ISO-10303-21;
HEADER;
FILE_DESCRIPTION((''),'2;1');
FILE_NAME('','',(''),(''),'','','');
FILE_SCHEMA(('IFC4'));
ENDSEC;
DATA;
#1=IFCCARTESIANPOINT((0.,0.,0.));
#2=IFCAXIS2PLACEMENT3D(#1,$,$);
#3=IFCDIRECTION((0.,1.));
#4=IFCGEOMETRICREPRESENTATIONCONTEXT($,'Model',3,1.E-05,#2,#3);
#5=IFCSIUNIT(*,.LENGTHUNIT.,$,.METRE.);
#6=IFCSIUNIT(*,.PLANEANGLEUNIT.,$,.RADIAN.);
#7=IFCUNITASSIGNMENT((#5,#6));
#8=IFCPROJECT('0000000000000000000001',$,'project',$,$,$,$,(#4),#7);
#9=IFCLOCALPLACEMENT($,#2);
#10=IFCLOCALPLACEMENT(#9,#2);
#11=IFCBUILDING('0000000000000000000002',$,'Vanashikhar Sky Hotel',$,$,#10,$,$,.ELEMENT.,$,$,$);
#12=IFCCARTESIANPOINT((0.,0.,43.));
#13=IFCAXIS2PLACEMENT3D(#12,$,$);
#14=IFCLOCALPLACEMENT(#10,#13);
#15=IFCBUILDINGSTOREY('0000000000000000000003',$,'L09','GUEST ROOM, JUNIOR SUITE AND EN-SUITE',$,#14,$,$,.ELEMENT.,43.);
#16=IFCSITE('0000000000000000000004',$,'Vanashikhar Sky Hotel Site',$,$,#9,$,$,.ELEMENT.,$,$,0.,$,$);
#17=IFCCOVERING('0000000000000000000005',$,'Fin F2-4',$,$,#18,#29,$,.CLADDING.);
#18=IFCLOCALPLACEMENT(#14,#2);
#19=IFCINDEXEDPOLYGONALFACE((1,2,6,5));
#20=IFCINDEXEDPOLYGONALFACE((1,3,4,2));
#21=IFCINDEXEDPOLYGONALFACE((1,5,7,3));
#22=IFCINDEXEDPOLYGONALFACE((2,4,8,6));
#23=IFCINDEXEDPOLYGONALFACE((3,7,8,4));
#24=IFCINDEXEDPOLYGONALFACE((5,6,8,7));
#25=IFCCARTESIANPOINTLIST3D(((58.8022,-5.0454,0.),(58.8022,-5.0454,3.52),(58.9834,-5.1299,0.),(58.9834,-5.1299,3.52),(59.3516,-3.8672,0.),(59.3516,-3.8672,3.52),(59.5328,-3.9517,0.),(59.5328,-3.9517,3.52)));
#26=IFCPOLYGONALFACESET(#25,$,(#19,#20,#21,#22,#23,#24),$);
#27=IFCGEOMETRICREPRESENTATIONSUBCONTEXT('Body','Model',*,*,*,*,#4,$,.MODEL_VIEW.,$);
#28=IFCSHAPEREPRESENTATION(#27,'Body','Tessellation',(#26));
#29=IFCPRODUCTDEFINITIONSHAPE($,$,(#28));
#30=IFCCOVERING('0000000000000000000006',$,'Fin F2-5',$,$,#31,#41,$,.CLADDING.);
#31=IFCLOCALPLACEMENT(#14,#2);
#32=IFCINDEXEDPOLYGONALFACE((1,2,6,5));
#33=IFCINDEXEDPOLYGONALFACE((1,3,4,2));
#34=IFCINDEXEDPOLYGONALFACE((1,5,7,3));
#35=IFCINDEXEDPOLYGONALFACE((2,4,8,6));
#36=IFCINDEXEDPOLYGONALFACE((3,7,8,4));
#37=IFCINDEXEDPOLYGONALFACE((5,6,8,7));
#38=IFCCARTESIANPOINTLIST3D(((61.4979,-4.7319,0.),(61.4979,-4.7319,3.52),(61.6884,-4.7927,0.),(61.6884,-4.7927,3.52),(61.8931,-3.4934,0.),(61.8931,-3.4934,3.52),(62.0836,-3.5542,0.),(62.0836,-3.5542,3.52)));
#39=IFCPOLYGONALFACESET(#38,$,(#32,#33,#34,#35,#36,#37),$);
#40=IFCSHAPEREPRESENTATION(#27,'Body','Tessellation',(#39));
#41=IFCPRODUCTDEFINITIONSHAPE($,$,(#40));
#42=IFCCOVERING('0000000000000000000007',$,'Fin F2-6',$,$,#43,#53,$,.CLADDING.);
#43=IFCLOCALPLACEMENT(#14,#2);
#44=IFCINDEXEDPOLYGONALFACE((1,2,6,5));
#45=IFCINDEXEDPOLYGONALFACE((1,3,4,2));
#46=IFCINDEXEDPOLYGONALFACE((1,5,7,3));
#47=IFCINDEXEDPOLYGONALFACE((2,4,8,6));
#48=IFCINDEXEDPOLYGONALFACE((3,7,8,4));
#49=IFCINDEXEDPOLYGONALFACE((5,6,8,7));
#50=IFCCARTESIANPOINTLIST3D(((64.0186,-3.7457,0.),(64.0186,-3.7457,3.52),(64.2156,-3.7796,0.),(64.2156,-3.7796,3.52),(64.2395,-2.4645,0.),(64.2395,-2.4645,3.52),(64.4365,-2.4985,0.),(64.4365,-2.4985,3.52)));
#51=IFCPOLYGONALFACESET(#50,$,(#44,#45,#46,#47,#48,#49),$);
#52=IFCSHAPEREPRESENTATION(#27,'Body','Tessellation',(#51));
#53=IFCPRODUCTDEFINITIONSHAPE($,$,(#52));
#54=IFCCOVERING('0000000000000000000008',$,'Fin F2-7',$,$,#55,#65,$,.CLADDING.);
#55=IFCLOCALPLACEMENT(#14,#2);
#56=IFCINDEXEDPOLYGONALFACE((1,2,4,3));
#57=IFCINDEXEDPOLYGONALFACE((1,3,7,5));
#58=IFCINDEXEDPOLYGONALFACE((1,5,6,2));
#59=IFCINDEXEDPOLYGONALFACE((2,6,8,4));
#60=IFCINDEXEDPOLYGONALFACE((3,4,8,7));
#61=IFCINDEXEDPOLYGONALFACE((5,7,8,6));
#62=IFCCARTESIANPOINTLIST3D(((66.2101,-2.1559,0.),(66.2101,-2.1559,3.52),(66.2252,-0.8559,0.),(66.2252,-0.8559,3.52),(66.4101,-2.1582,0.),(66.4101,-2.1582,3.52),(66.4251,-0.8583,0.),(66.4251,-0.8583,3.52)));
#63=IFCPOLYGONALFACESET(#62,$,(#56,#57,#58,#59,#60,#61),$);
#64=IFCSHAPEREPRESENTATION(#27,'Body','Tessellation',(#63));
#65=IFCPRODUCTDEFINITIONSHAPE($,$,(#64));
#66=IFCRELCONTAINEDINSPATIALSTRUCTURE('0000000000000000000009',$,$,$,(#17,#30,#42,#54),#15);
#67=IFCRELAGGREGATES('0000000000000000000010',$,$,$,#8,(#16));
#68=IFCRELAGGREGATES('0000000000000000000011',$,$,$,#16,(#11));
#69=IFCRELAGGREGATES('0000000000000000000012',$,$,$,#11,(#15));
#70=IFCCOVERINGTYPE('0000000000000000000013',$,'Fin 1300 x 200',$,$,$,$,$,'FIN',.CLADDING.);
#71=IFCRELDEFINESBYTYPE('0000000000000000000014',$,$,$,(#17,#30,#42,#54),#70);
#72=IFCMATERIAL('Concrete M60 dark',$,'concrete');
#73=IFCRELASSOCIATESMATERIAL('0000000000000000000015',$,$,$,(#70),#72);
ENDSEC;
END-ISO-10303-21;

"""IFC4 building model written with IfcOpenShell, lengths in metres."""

from ifc_helpers import new_model, si_unit, direction, frame, origin, origin_2d, place, context, subcontext, project, spatial, rectangle, extrude, source, transform, mapped, material, material_profile, profile_set, type_object, element, save


model = new_model("IFC4")

# Units and contexts
model_context = context("Model", 3, precision=1e-05, world=origin(), true_north=direction((0.0, 1.0)))
body_context = subcontext(model_context, "Body", "Model", "MODEL_VIEW")
ifc_project = project(units=[si_unit("LENGTHUNIT", "METRE"), si_unit("PLANEANGLEUNIT", "RADIAN")], contexts=[model_context])

# Site, building, storey
site_placement = place(None, origin())
site = spatial("IfcSite", under=ifc_project, at=site_placement, Name="Vanashikhar Sky Hotel Site", CompositionType="ELEMENT", RefElevation=0.0)
building_placement = place(site_placement, origin())
building = spatial("IfcBuilding", under=site, at=building_placement, Name="Vanashikhar Sky Hotel", CompositionType="ELEMENT")
storey_placement = place(building_placement, frame((0.0, 0.0, 43.0)))
storey = spatial("IfcBuildingStorey", under=building, at=storey_placement, Name="L09", Description="GUEST ROOM, JUNIOR SUITE AND EN-SUITE", CompositionType="ELEMENT", Elevation=43.0)

# Coverings
ifc_material_1 = material(Name="Concrete M60 dark", Category="concrete")
ifc_material_profile = material_profile(ifc_material_1, rectangle(XDim=1.3, YDim=0.2, at=origin_2d()))
ifc_profile_set = profile_set([ifc_material_profile], Name="Fin 1300 x 200")
covering_type_1 = type_object("IfcCoveringType", Name="Fin 1300 x 200", ElementType="FIN", PredefinedType="CLADDING", material=ifc_profile_set)
shared_shape_1 = source(origin(), body_context, "Body", "SweptSolid", [
    extrude(rectangle(XDim=1.3, YDim=0.2, at=origin_2d()), origin(), (0.0, 0.0, 1.0), 3.52),
])
for number, where, z_axis, x_axis, name in (
    (1, (59.1675, -4.4985, 0.0), (0.0, 0.0, 1.0), (-0.422618, -0.906308, 0.0), "Fin F2-4"),
    (2, (61.7908, -4.1431, 0.0), (0.0, 0.0, 1.0), (-0.303967, -0.952683, 0.0), "Fin F2-5"),
    (3, (64.2275, -3.1221, 0.0), (0.0, 0.0, 1.0), (-0.1699, -0.985461, 0.0), "Fin F2-6"),
    (4, (66.3176, -1.5071, 0.0), (0.0, 0.0, 1.0), (-0.011589, -0.999933, 0.0), "Fin F2-7"),
):
    element("IfcCovering", number, at=place(storey_placement, frame(where, z_axis=z_axis, x_axis=x_axis)), inside=storey, type_object=covering_type_1, Name=name, PredefinedType="CLADDING", context=body_context, shape_type="MappedRepresentation", body=[
        mapped(shared_shape_1, transform((0.0, 0.0, 0.0), scale=1.0)),
    ])

save(model, "model.ifc")
